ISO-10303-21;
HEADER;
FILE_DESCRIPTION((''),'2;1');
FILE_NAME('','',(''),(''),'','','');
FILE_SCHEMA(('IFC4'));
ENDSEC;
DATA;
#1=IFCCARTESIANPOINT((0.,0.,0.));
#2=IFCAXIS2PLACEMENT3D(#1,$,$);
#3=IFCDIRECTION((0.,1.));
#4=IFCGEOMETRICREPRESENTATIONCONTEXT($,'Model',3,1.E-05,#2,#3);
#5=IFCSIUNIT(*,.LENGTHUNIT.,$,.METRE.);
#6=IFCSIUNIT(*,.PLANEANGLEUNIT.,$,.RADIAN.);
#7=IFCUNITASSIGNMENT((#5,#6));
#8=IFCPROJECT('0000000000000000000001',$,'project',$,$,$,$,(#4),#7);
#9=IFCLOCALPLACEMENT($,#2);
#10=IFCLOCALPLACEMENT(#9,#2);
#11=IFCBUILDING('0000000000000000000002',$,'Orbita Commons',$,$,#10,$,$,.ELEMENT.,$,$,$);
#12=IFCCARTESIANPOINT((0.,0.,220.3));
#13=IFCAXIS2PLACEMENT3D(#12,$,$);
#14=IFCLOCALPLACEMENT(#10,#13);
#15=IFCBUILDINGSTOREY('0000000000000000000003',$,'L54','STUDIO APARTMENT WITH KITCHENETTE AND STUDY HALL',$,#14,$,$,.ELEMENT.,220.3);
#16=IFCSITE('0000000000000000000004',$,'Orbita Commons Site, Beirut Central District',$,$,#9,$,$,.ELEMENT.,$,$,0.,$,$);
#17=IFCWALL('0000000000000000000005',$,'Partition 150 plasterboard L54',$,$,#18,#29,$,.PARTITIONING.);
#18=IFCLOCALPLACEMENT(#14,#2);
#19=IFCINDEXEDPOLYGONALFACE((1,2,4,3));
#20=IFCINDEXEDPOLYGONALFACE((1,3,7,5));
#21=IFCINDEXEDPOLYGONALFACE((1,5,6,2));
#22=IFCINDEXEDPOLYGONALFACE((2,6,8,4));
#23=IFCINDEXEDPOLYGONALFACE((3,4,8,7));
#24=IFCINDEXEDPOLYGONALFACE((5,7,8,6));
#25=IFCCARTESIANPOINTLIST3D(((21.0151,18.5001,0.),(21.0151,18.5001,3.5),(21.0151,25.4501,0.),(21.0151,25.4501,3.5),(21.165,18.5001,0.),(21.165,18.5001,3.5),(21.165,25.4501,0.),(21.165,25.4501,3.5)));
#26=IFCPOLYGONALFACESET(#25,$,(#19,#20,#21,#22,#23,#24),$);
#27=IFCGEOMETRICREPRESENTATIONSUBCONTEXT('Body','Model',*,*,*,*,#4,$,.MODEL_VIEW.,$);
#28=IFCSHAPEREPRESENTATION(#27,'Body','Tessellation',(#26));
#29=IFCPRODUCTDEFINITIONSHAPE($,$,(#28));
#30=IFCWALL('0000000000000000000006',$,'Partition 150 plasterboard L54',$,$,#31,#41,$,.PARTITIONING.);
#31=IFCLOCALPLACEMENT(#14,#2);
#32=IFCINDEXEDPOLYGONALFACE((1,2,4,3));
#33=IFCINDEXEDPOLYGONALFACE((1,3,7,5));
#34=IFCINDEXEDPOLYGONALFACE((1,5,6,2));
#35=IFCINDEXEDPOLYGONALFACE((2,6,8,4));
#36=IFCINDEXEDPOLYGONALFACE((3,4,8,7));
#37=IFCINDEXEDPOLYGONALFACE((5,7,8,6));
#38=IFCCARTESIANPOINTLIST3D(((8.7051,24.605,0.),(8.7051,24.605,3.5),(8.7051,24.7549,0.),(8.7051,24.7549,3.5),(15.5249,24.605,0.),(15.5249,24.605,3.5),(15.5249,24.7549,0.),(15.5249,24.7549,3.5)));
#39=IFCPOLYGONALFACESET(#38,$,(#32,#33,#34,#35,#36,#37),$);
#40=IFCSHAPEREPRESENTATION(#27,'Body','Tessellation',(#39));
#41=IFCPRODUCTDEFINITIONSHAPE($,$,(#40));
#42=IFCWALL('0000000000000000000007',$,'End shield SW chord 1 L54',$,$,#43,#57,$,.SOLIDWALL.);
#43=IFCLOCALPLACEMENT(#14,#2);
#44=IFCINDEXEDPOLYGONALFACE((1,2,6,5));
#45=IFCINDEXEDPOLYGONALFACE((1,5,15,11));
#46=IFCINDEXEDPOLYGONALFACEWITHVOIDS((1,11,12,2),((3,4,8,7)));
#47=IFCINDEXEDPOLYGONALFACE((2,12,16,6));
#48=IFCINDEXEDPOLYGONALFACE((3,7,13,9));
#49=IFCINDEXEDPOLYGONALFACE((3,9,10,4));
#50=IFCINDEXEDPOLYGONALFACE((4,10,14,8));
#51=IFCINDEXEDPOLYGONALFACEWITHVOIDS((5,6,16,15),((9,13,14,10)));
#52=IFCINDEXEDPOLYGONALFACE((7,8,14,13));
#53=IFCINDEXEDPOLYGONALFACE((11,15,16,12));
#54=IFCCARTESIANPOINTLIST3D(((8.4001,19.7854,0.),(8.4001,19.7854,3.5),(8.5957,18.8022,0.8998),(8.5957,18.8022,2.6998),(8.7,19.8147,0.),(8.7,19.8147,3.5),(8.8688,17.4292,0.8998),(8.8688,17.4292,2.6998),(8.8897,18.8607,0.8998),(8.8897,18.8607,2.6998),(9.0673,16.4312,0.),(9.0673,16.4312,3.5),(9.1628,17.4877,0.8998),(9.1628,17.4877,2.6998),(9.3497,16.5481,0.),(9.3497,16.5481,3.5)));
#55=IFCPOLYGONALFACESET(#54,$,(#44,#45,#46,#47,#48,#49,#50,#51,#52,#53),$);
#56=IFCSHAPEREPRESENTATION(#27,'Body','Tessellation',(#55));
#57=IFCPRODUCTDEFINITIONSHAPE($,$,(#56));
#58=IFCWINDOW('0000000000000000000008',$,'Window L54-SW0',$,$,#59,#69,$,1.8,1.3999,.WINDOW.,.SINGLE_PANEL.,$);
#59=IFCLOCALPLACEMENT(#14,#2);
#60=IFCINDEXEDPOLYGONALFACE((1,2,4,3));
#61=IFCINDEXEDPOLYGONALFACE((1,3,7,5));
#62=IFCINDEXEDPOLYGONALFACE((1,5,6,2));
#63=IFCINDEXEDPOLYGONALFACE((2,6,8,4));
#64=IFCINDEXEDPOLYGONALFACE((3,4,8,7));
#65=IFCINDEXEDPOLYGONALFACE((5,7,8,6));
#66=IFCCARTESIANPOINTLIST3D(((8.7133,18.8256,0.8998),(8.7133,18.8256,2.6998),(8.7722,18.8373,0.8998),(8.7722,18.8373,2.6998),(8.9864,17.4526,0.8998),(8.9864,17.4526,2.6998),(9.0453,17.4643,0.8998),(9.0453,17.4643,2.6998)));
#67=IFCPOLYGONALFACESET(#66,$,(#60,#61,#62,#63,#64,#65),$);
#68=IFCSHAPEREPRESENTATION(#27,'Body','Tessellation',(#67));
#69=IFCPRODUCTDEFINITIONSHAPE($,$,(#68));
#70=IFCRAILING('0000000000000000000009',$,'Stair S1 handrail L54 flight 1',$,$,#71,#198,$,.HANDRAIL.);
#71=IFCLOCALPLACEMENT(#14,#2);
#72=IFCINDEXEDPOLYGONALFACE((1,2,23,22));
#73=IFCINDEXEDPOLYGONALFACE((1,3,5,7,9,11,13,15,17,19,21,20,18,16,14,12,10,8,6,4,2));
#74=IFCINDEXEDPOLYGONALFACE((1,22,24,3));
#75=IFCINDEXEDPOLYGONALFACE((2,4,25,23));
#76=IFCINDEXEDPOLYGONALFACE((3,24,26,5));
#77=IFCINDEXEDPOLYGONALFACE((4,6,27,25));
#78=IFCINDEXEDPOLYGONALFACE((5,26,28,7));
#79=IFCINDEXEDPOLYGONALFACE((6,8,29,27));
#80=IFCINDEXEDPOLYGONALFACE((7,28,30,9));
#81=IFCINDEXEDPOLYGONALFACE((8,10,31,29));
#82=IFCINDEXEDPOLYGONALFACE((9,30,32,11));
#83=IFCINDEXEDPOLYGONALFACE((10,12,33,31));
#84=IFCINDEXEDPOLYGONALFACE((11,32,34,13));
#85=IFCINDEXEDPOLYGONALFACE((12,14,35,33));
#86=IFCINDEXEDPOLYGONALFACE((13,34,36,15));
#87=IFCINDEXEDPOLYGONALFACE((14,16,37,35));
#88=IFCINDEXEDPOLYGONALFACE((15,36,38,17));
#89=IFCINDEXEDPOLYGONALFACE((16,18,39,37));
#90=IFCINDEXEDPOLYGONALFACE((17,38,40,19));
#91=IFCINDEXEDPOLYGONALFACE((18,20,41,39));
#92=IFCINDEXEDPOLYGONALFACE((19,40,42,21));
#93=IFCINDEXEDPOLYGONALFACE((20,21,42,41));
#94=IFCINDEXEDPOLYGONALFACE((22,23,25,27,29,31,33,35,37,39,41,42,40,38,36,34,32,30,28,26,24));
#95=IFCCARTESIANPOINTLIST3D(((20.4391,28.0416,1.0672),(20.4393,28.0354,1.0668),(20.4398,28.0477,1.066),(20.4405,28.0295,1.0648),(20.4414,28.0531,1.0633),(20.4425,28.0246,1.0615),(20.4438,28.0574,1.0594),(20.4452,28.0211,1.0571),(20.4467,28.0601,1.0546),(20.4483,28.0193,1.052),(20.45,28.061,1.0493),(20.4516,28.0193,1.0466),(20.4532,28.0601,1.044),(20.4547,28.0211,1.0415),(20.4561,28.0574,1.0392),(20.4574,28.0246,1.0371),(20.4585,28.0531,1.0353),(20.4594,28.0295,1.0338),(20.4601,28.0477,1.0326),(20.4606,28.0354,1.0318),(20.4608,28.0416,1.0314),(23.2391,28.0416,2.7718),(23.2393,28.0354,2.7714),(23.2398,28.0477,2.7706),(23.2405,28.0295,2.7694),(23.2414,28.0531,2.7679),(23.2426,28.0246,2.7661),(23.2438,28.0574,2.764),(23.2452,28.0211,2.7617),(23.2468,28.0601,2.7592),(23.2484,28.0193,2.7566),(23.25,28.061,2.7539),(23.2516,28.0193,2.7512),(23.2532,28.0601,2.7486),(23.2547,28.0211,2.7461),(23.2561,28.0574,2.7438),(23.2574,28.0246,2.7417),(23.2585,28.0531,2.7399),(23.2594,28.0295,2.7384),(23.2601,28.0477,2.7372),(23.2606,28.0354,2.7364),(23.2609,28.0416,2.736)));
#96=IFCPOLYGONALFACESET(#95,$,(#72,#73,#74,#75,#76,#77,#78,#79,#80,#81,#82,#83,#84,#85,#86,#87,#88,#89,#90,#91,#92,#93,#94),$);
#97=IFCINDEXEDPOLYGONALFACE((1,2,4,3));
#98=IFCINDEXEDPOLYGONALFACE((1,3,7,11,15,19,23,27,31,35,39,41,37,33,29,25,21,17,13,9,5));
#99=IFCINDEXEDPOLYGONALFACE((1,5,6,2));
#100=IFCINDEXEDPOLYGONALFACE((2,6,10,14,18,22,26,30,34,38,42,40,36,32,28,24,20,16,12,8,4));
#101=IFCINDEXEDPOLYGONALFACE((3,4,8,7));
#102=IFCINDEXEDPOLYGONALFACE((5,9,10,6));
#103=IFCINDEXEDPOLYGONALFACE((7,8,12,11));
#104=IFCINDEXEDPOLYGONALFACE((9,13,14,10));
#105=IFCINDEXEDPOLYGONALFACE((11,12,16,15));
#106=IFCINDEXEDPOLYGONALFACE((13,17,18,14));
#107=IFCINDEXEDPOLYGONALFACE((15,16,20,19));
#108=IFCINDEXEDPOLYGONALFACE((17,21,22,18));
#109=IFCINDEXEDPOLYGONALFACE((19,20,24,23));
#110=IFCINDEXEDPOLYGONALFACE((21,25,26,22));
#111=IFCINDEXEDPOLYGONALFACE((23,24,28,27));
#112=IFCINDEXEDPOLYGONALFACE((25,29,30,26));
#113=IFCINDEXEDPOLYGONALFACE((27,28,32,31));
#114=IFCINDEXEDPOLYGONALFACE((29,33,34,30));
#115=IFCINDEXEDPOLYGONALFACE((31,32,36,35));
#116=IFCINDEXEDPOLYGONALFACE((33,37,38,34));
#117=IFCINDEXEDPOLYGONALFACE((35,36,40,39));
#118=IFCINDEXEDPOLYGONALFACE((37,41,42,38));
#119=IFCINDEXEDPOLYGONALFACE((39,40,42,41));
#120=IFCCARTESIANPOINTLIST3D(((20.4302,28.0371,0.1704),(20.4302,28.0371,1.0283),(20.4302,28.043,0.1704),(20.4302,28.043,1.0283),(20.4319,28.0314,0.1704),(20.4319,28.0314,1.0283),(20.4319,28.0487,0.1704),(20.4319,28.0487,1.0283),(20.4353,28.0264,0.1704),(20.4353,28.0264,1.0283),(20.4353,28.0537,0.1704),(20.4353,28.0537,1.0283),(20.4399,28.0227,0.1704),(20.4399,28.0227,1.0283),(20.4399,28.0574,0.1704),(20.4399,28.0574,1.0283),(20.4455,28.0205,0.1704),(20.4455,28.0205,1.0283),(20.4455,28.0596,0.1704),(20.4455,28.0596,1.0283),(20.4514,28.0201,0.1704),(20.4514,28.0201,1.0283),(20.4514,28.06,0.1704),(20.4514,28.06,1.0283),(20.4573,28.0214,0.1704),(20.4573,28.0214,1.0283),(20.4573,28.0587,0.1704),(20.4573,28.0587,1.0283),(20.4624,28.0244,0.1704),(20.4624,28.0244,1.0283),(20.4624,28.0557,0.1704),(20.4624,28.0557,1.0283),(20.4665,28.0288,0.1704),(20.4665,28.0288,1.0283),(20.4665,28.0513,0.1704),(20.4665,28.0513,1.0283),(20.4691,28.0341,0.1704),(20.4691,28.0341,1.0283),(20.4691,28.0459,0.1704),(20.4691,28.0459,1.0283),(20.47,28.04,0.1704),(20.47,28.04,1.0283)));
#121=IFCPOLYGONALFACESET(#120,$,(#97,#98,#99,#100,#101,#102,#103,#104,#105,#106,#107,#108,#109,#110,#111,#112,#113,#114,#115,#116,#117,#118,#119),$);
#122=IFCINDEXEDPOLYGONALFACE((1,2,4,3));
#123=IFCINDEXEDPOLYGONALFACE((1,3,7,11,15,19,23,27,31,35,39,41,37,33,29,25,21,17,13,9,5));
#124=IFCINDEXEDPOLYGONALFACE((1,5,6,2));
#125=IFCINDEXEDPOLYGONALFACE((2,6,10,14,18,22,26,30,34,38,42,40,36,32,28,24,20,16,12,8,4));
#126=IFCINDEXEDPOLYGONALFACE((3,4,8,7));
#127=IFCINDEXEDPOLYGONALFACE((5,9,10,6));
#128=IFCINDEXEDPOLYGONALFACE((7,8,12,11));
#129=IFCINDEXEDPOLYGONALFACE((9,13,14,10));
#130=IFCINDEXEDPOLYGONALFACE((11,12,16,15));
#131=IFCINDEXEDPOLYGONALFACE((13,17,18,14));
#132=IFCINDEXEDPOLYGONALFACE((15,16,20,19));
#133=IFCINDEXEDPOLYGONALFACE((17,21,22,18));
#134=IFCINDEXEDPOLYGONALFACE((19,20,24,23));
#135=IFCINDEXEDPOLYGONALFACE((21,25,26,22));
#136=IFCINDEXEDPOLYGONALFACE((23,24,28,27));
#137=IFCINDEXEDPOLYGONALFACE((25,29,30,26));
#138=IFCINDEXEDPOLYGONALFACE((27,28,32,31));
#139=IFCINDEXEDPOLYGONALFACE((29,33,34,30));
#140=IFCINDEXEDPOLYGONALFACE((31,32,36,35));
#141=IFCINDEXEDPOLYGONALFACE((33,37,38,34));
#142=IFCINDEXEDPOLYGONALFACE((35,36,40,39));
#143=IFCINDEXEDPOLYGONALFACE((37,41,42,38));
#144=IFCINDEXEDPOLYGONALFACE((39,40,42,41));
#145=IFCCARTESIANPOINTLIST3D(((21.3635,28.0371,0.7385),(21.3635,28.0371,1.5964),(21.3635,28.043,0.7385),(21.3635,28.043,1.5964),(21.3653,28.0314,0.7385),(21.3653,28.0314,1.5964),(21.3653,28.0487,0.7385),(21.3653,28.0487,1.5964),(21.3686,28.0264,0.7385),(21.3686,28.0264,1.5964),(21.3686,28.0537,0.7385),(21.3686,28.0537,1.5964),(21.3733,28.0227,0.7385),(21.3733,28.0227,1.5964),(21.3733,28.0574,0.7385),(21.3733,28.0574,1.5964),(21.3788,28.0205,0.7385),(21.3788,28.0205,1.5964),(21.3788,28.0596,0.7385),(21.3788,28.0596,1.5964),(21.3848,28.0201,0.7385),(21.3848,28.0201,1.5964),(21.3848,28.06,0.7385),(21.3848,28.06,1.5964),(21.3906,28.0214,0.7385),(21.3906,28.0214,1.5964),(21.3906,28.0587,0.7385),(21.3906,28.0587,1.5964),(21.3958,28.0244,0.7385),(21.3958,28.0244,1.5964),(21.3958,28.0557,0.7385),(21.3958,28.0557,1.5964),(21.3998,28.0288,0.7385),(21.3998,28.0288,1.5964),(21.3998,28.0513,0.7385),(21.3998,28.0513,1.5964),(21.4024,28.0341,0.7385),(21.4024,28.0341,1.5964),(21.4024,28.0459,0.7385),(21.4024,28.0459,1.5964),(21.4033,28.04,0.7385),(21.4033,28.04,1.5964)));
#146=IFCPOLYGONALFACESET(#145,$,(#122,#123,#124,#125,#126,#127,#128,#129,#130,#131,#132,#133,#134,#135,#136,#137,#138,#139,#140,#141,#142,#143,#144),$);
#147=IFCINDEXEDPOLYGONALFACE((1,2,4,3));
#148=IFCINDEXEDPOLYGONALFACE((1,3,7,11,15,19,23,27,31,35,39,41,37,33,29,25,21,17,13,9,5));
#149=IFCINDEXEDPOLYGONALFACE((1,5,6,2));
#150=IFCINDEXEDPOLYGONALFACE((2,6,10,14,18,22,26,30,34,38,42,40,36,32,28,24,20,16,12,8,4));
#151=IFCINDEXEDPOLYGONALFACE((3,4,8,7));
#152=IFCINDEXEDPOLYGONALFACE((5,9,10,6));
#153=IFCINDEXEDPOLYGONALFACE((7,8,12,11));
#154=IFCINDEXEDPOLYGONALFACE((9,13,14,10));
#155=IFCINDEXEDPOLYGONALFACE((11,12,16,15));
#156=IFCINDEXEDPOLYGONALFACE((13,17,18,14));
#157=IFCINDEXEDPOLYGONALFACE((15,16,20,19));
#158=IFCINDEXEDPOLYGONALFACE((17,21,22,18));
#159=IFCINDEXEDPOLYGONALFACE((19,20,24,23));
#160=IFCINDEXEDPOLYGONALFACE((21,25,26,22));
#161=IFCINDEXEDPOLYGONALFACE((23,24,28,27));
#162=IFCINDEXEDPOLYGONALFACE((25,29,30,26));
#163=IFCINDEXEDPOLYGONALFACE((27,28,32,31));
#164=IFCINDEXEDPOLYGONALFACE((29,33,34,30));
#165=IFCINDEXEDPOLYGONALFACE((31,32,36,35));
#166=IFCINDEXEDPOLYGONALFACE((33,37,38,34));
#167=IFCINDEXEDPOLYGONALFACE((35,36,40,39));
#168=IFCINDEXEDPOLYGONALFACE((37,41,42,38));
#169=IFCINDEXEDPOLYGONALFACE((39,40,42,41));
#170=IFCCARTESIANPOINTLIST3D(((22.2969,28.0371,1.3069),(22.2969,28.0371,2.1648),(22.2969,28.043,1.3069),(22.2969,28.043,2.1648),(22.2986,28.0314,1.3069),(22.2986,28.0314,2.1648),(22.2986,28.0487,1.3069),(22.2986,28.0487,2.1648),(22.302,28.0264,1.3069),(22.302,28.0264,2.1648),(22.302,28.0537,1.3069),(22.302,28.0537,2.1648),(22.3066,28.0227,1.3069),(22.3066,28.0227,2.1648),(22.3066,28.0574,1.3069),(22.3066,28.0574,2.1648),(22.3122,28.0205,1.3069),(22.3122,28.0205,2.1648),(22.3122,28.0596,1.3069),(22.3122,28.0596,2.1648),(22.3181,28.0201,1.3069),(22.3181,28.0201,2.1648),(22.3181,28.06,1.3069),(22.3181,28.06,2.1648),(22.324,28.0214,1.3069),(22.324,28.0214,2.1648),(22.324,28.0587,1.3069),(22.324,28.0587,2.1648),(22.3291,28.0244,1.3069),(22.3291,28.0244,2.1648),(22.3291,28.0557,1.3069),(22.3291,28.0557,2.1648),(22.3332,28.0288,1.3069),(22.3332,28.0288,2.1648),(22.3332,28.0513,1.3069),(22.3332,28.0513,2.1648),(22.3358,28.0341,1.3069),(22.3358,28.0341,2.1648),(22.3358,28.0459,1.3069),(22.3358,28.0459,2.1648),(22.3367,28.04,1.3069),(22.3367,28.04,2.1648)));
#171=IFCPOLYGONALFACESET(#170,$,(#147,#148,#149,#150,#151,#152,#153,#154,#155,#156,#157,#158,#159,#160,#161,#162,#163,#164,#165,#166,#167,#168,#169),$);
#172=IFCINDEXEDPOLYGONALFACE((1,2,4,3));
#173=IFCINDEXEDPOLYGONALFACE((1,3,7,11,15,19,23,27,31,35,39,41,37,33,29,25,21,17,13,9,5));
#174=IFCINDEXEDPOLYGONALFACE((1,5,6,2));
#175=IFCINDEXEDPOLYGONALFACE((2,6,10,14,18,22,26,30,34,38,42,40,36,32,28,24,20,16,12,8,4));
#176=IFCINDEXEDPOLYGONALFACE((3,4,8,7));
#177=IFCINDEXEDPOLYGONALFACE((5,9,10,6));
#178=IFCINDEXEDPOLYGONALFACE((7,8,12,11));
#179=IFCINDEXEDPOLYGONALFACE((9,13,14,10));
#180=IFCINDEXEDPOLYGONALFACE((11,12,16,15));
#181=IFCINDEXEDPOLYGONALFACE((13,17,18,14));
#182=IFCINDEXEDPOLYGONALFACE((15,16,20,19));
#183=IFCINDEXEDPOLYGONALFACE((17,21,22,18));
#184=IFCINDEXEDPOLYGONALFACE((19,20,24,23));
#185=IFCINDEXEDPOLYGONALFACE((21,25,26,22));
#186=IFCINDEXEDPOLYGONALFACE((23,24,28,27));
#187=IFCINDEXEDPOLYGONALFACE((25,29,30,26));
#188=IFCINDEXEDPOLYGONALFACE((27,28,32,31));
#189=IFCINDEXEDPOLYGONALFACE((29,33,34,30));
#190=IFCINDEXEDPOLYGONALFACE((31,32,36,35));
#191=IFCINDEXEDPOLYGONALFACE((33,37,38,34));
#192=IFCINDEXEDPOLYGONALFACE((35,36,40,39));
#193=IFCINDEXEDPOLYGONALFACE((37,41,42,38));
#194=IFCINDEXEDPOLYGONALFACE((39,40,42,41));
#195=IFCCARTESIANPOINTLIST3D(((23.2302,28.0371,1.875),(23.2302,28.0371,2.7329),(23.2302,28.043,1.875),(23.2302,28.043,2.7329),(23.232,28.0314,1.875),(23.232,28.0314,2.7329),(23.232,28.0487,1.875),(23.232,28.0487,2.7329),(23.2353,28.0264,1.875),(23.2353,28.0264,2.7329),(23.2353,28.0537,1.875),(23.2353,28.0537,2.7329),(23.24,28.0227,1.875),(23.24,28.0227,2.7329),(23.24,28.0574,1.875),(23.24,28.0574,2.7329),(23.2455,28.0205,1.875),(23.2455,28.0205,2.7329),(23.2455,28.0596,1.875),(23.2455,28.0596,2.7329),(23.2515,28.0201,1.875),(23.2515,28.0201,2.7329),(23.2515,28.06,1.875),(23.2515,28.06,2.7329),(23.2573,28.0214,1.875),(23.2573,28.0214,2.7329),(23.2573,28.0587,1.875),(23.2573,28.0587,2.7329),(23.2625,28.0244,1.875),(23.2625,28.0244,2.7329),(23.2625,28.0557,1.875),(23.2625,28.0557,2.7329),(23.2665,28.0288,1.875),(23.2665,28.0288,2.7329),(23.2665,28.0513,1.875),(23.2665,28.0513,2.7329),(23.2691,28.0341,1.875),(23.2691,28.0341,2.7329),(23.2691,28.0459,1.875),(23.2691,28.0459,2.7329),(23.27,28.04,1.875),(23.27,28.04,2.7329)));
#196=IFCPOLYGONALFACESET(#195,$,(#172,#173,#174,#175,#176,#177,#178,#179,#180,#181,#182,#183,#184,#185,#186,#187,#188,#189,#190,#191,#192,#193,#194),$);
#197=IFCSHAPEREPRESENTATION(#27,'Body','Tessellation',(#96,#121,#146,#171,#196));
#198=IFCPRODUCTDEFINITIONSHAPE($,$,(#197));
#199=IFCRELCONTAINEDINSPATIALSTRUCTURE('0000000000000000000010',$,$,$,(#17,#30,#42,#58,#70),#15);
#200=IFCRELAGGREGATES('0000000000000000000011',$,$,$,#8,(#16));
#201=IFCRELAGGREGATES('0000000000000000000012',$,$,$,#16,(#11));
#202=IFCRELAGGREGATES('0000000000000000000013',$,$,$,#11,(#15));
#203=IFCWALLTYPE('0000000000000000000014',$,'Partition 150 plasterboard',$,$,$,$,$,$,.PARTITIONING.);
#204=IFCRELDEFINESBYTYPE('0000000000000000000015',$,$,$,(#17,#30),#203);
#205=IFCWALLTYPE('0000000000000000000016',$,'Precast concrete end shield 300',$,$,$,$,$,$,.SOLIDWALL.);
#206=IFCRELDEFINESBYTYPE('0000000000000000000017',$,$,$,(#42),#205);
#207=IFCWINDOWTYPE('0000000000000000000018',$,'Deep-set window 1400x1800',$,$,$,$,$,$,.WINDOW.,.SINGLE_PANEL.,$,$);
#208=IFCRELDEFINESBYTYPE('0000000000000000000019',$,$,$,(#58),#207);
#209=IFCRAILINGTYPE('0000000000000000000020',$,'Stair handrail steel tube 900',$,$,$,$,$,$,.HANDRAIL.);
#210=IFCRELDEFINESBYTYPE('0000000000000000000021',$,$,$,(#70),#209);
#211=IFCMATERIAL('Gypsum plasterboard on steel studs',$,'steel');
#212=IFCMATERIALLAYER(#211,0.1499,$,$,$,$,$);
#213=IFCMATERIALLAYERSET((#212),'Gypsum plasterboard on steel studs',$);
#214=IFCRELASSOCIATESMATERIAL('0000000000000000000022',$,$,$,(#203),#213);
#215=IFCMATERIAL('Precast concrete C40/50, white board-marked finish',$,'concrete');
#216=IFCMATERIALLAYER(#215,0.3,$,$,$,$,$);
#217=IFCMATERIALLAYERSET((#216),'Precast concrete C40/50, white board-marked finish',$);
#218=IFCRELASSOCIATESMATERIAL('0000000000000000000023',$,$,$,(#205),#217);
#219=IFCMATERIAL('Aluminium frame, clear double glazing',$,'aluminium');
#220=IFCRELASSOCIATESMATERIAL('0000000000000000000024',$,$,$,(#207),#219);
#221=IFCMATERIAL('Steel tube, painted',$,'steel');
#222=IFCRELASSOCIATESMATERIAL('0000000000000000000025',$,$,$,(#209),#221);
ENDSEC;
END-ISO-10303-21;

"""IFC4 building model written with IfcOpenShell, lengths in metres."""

from ifc_helpers import new_model, si_unit, direction, frame, frame_2d, origin, origin_2d, place, context, subcontext, project, spatial, polyline, rectangle, circle, outline, extrude, material, layer, layer_set, type_object, element, fill, save


model = new_model("IFC4")

# Units and contexts
model_context = context("Model", 3, precision=1e-05, world=origin(), true_north=direction((0.0, 1.0)))
body_context = subcontext(model_context, "Body", "Model", "MODEL_VIEW")
ifc_project = project(units=[si_unit("LENGTHUNIT", "METRE"), si_unit("PLANEANGLEUNIT", "RADIAN")], contexts=[model_context])

# Site, building, storey
site_placement = place(None, origin())
site = spatial("IfcSite", under=ifc_project, at=site_placement, Name="Orbita Commons Site, Beirut Central District", CompositionType="ELEMENT", RefElevation=0.0)
building_placement = place(site_placement, origin())
building = spatial("IfcBuilding", under=site, at=building_placement, Name="Orbita Commons", CompositionType="ELEMENT")
storey_placement = place(building_placement, frame((0.0, 0.0, 220.3)))
storey = spatial("IfcBuildingStorey", under=building, at=storey_placement, Name="L54", Description="STUDIO APARTMENT WITH KITCHENETTE AND STUDY HALL", CompositionType="ELEMENT", Elevation=220.3)

# Walls
ifc_material_1 = material(Name="Gypsum plasterboard on steel studs", Category="steel")
ifc_layer_1 = layer(ifc_material_1, 0.1499)
ifc_layer_set_1 = layer_set([ifc_layer_1], Name="Gypsum plasterboard on steel studs")
wall_type_1 = type_object("IfcWallType", Name="Partition 150 plasterboard", PredefinedType="PARTITIONING", material=ifc_layer_set_1)
wall_1_placement = place(storey_placement, frame((21.0901, 18.5, 0.0), z_axis=(0.0, 0.0, 1.0), x_axis=(0.0, 1.0, 0.0)))
element("IfcWall", 1, at=wall_1_placement, inside=storey, type_object=wall_type_1, Name="Partition 150 plasterboard L54", PredefinedType="PARTITIONING", context=body_context, shape_type="SweptSolid", body=[
    extrude(rectangle(XDim=6.95, YDim=0.1499, at=frame_2d((3.4751, 0.0))), origin(), (0.0, 0.0, 1.0), 3.5),
])
wall_2_placement = place(storey_placement, frame((8.7051, 24.6799, 0.0), z_axis=(0.0, 0.0, 1.0), x_axis=(1.0, 0.0, 0.0)))
element("IfcWall", 2, at=wall_2_placement, inside=storey, type_object=wall_type_1, Name="Partition 150 plasterboard L54", PredefinedType="PARTITIONING", context=body_context, shape_type="SweptSolid", body=[
    extrude(rectangle(XDim=6.8198, YDim=0.1499, at=frame_2d((3.4099, 0.0))), origin(), (0.0, 0.0, 1.0), 3.5),
])

# Wall, opening, window
ifc_material_2 = material(Name="Precast concrete C40/50, white board-marked finish", Category="concrete")
ifc_layer_2 = layer(ifc_material_2, 0.3)
ifc_layer_set_2 = layer_set([ifc_layer_2], Name="Precast concrete C40/50, white board-marked finish")
wall_type_2 = type_object("IfcWallType", Name="Precast concrete end shield 300", PredefinedType="SOLIDWALL", material=ifc_layer_set_2)
wall_3_placement = place(storey_placement, frame((8.55, 19.8, 0.0), z_axis=(0.0, 0.0, 1.0), x_axis=(0.195087, -0.980786, 0.0)))
wall_3 = element("IfcWall", 3, at=wall_3_placement, inside=storey, type_object=wall_type_2, Name="End shield SW chord 1 L54", PredefinedType="SOLIDWALL", context=body_context, shape_type="SweptSolid", body=[
    extrude(outline(polyline([(-0.0149, -0.1499), (3.405, -0.1499), (3.3455, 0.1499), (0.0149, 0.1499), (-0.0149, -0.1499)])), origin(), (0.0, 0.0, 1.0), 3.5),
])
opening_1_placement = place(wall_3_placement, frame((0.9875, 0.0, 0.8999)))
opening_1 = element("IfcOpeningElement", 4, at=opening_1_placement, cuts=wall_3, PredefinedType="OPENING", context=body_context, shape_type="SweptSolid", body=[
    extrude(rectangle(XDim=1.3999, YDim=1.8, at=frame_2d((0.7, 0.8999))), frame((0.0, 0.1599, 0.0), z_axis=(0.0, -1.0, 0.0), x_axis=(1.0, 0.0, 0.0)), (0.0, 0.0, 1.0), 0.3201),
])
ifc_material_3 = material(Name="Aluminium frame, clear double glazing", Category="aluminium")
window_type = type_object("IfcWindowType", Name="Deep-set window 1400x1800", PartitioningType="SINGLE_PANEL", PredefinedType="WINDOW", material=ifc_material_3)
window_placement = place(opening_1_placement, origin())
window = element("IfcWindow", 5, at=window_placement, inside=storey, type_object=window_type, Name="Window L54-SW0", OverallHeight=1.8, OverallWidth=1.3999, PartitioningType="SINGLE_PANEL", PredefinedType="WINDOW", context=body_context, shape_type="SweptSolid", body=[
    extrude(rectangle(XDim=1.3999, YDim=1.8, at=frame_2d((0.7, 0.8999))), frame((0.0, 0.03, 0.0), z_axis=(0.0, -1.0, 0.0), x_axis=(1.0, 0.0, 0.0)), (0.0, 0.0, 1.0), 0.0601),
])
fill(opening_1, window)

# Railing
ifc_material_4 = material(Name="Steel tube, painted", Category="steel")
railing_type = type_object("IfcRailingType", Name="Stair handrail steel tube 900", PredefinedType="HANDRAIL", material=ifc_material_4)
for number, where, name in (
    (6, (20.45, 28.04, 0.1704), "Stair S1 handrail L54 flight 1"),
):
    element("IfcRailing", number, at=place(storey_placement, frame(where)), inside=storey, type_object=railing_type, Name=name, PredefinedType="HANDRAIL", context=body_context, shape_type="SweptSolid", body=[
        extrude(circle(Radius=0.021, at=origin_2d()), frame((0.0, 0.0, 0.8789), z_axis=(0.85417, 0.0, 0.519994), x_axis=(0.0, 1.0, 0.0)), (0.0, 0.0, 1.0), 3.2781),
        extrude(circle(Radius=0.02, at=origin_2d()), origin(), (0.0, 0.0, 1.0), 0.8579),
        extrude(circle(Radius=0.02, at=origin_2d()), frame((0.9333, 0.0, 0.5681)), (0.0, 0.0, 1.0), 0.8579),
        extrude(circle(Radius=0.02, at=origin_2d()), frame((1.8667, 0.0, 1.1365)), (0.0, 0.0, 1.0), 0.8579),
        extrude(circle(Radius=0.02, at=origin_2d()), frame((2.8, 0.0, 1.7046)), (0.0, 0.0, 1.0), 0.8579),
    ])

save(model, "model.ifc")
